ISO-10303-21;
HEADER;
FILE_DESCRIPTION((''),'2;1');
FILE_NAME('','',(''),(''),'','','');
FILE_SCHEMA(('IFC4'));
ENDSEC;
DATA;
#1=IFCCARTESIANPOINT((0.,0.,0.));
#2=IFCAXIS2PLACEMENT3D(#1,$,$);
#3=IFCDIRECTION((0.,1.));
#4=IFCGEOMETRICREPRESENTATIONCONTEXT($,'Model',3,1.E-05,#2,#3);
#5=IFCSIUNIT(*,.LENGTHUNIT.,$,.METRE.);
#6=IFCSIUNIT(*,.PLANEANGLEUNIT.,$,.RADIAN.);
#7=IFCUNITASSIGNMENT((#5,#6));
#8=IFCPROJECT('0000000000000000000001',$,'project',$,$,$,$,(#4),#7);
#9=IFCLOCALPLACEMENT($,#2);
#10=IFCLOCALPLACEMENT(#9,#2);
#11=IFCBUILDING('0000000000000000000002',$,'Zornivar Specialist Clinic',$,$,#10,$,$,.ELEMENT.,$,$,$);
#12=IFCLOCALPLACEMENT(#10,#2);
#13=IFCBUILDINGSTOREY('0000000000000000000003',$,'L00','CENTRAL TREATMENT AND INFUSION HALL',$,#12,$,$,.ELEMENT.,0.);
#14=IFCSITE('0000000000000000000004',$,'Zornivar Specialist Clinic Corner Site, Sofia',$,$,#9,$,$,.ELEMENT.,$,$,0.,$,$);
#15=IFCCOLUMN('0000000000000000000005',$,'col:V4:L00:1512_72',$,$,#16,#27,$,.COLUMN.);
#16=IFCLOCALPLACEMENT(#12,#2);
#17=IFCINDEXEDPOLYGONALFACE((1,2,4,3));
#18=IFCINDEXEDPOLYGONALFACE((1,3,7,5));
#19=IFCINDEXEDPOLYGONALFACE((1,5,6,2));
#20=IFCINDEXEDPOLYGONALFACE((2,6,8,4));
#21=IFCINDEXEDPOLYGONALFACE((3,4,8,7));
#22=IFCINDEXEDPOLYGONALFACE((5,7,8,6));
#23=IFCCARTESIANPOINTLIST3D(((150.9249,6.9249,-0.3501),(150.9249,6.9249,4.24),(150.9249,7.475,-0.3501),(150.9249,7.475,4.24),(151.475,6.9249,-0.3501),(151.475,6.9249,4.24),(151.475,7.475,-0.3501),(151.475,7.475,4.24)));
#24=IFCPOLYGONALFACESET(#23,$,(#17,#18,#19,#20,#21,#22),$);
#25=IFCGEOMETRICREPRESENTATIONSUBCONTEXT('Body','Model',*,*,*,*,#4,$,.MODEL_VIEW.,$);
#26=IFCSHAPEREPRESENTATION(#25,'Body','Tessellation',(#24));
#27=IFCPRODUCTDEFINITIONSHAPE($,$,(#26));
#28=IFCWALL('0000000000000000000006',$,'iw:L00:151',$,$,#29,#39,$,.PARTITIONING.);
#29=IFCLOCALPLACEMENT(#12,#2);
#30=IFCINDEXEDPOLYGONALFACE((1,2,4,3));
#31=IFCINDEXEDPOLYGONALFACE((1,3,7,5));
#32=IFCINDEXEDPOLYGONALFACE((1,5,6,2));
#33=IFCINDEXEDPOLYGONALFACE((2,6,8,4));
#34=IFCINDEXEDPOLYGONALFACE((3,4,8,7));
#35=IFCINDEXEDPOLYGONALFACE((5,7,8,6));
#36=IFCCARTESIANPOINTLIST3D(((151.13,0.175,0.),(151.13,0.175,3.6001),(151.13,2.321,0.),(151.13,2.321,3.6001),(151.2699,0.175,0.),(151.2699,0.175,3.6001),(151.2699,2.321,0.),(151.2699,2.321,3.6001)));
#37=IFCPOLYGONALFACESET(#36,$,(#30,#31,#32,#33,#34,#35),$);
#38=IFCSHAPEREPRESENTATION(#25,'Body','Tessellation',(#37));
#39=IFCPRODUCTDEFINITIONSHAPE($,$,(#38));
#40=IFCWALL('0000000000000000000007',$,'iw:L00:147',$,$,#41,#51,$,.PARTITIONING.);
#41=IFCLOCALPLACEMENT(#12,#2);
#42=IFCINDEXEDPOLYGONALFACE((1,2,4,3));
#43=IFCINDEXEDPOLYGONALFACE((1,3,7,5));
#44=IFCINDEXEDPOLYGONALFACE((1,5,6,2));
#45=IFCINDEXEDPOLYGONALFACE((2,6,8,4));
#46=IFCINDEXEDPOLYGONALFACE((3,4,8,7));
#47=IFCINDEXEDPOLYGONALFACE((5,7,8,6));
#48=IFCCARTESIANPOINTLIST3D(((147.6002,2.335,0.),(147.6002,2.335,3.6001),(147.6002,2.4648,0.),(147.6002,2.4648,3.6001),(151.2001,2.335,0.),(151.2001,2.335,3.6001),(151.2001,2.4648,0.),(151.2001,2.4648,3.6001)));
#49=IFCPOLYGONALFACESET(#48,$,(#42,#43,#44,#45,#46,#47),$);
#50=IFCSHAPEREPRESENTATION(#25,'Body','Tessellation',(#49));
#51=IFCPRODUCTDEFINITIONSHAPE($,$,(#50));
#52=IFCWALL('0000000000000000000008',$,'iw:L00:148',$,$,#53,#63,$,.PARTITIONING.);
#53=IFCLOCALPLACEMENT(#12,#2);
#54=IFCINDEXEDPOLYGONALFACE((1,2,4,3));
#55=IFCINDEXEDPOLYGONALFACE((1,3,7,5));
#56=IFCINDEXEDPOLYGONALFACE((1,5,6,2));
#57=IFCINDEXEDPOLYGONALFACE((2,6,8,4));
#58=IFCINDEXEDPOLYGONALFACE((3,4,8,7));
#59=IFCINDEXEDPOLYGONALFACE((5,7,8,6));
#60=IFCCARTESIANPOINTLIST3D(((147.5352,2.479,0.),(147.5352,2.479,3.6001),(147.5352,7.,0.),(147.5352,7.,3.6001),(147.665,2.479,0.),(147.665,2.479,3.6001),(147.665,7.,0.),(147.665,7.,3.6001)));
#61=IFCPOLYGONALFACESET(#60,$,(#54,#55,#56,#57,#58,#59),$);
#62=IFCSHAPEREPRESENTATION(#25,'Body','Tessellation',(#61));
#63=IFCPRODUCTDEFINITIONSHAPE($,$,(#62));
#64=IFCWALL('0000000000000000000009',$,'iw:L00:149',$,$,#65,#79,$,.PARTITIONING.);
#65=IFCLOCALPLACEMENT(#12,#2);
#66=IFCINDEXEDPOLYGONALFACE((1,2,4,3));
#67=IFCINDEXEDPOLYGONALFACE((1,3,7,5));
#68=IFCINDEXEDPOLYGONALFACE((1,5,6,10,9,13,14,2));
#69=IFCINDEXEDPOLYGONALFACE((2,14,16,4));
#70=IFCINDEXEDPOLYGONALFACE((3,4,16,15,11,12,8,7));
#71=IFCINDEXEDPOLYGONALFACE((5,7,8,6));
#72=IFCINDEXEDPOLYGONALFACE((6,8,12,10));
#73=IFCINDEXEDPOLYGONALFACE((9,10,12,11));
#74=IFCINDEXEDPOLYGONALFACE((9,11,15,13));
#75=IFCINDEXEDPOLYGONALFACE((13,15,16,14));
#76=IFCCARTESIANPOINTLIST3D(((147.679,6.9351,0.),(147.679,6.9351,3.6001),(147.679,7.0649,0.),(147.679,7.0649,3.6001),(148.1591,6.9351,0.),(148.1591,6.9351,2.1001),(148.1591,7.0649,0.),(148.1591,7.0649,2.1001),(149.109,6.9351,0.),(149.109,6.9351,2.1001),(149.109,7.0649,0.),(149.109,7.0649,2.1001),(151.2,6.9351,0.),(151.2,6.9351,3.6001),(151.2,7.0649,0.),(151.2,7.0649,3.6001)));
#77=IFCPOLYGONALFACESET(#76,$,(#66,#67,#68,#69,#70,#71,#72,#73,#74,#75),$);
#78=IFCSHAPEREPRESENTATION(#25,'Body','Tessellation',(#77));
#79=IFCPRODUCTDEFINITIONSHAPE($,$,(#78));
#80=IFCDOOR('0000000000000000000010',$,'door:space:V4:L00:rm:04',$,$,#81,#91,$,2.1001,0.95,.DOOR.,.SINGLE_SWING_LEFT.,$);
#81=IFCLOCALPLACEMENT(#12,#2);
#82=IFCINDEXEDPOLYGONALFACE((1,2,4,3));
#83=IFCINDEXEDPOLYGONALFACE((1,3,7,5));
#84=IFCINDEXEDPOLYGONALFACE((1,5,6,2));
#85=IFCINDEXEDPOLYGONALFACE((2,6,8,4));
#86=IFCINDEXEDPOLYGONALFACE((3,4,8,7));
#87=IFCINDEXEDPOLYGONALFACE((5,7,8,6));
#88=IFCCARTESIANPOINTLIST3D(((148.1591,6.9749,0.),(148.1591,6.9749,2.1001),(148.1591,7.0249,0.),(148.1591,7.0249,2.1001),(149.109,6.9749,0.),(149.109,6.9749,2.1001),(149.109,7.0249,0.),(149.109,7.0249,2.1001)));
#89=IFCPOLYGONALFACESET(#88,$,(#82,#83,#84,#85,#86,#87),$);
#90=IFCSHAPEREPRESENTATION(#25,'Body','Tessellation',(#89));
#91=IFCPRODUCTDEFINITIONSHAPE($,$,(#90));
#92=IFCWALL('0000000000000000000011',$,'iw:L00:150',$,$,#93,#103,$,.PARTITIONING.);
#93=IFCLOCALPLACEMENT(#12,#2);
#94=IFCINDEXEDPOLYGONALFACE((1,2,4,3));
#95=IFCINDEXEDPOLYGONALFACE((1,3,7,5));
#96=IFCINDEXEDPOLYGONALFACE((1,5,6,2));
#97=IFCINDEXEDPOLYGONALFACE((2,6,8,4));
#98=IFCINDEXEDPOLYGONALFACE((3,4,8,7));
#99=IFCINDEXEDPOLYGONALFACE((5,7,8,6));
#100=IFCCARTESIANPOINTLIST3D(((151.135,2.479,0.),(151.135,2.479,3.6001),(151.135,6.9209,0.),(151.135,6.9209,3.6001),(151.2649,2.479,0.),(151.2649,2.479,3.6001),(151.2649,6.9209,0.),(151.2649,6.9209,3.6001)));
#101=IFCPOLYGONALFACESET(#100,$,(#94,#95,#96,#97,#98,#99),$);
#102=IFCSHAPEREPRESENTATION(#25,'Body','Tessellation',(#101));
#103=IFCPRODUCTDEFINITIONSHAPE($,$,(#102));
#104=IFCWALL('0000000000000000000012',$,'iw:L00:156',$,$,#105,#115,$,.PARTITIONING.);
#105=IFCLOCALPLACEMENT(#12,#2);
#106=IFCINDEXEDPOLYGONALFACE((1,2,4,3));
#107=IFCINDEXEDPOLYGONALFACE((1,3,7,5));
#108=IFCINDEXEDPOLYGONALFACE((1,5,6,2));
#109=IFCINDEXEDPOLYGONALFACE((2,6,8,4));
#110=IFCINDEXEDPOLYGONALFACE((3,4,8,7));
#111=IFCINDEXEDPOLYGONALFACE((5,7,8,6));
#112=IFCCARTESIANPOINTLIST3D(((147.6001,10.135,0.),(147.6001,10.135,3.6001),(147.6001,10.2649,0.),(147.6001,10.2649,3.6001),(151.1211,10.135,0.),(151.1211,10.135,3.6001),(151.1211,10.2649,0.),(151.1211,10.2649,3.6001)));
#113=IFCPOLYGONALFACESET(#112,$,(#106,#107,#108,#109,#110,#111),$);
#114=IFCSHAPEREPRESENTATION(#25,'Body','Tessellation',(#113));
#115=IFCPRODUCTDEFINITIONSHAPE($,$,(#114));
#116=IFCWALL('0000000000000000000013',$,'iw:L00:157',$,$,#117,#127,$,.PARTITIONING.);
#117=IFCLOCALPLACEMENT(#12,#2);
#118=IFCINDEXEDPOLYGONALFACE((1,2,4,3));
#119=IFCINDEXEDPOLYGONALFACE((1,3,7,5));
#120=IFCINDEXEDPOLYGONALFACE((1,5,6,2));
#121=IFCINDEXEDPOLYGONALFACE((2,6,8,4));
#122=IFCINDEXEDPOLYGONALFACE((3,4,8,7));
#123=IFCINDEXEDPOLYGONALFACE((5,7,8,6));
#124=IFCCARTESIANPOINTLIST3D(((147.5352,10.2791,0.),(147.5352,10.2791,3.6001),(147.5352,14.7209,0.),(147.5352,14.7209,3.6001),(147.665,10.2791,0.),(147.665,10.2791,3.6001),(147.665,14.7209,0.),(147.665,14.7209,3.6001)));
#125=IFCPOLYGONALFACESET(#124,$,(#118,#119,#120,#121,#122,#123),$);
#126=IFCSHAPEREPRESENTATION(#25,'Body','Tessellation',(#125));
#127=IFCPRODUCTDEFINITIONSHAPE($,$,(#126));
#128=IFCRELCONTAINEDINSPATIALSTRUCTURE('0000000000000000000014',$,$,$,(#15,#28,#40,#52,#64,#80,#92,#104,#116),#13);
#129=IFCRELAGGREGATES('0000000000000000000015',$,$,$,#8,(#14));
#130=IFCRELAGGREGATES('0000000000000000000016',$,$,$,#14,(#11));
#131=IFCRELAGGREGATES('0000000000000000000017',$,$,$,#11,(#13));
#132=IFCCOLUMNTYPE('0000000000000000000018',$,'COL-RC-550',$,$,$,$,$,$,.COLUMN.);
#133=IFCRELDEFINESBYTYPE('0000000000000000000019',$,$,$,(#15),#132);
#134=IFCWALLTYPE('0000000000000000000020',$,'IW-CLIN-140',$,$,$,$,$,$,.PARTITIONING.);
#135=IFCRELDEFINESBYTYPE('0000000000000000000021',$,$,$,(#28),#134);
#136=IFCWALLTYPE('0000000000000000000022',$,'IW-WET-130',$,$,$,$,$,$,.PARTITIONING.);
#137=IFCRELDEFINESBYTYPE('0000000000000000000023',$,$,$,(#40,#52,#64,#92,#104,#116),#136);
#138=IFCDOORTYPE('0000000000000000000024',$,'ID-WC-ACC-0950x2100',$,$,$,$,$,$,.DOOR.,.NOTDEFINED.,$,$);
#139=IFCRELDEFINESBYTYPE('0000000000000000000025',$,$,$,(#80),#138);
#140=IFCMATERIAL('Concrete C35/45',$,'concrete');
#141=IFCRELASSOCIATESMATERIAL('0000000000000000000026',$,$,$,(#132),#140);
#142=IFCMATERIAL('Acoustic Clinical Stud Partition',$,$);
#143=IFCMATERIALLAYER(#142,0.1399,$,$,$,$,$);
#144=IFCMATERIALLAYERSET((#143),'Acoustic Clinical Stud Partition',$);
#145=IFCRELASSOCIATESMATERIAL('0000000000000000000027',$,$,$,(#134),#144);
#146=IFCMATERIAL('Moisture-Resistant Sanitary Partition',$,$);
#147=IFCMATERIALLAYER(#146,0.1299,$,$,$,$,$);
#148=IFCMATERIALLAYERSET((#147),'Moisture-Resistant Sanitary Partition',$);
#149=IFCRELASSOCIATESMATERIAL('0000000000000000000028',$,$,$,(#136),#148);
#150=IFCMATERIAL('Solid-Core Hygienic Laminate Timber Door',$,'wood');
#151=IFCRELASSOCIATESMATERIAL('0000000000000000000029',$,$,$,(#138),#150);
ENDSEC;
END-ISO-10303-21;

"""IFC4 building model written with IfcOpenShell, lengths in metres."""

from ifc_helpers import new_model, si_unit, direction, frame, frame_2d, origin, origin_2d, place, context, subcontext, project, spatial, rectangle, extrude, material, layer, layer_set, material_profile, profile_set, type_object, element, fill, save


model = new_model("IFC4")

# Units and contexts
model_context = context("Model", 3, precision=1e-05, world=origin(), true_north=direction((0.0, 1.0)))
body_context = subcontext(model_context, "Body", "Model", "MODEL_VIEW")
ifc_project = project(units=[si_unit("LENGTHUNIT", "METRE"), si_unit("PLANEANGLEUNIT", "RADIAN")], contexts=[model_context])

# Site, building, storey
site_placement = place(None, origin())
site = spatial("IfcSite", under=ifc_project, at=site_placement, Name="Zornivar Specialist Clinic Corner Site, Sofia", CompositionType="ELEMENT", RefElevation=0.0)
building_placement = place(site_placement, origin())
building = spatial("IfcBuilding", under=site, at=building_placement, Name="Zornivar Specialist Clinic", CompositionType="ELEMENT")
storey_placement = place(building_placement, origin())
storey = spatial("IfcBuildingStorey", under=building, at=storey_placement, Name="L00", Description="CENTRAL TREATMENT AND INFUSION HALL", CompositionType="ELEMENT", Elevation=0.0)

# Column
ifc_material_1 = material(Name="Concrete C35/45", Category="concrete")
ifc_material_profile_1 = material_profile(ifc_material_1, rectangle(XDim=0.55, YDim=0.55, at=origin_2d()), Name="RC 550x550")
ifc_profile_set_1 = profile_set([ifc_material_profile_1], Name="Concrete C35/45")
column_type = type_object("IfcColumnType", Name="COL-RC-550", PredefinedType="COLUMN", material=ifc_profile_set_1)
column_placement = place(storey_placement, frame((151.2, 7.2, -0.3501), z_axis=(0.0, 0.0, 1.0), x_axis=(1.0, 0.0, 0.0)))
element("IfcColumn", 1, at=column_placement, inside=storey, type_object=column_type, Name="col:V4:L00:1512_72", PredefinedType="COLUMN", context=body_context, shape_type="SweptSolid", body=[
    extrude(rectangle(XDim=0.55, YDim=0.55, at=origin_2d()), origin(), (0.0, 0.0, 1.0), 4.5901),
])

# Wall
ifc_material_2 = material(Name="Acoustic Clinical Stud Partition")
ifc_layer_1 = layer(ifc_material_2, 0.1399)
ifc_layer_set_1 = layer_set([ifc_layer_1], Name="Acoustic Clinical Stud Partition")
wall_type_1 = type_object("IfcWallType", Name="IW-CLIN-140", PredefinedType="PARTITIONING", material=ifc_layer_set_1)
wall_1_placement = place(storey_placement, frame((151.2, 2.321, 0.0), z_axis=(0.0, 0.0, 1.0), x_axis=(0.0, -1.0, 0.0)))
element("IfcWall", 2, at=wall_1_placement, inside=storey, type_object=wall_type_1, Name="iw:L00:151", PredefinedType="PARTITIONING", context=body_context, shape_type="SweptSolid", body=[
    extrude(rectangle(XDim=2.146, YDim=0.1399, at=frame_2d((1.073, 0.0))), origin(), (0.0, 0.0, 1.0), 3.6001),
])

# Walls
ifc_material_3 = material(Name="Moisture-Resistant Sanitary Partition")
ifc_layer_2 = layer(ifc_material_3, 0.1299)
ifc_layer_set_2 = layer_set([ifc_layer_2], Name="Moisture-Resistant Sanitary Partition")
wall_type_2 = type_object("IfcWallType", Name="IW-WET-130", PredefinedType="PARTITIONING", material=ifc_layer_set_2)
wall_2_placement = place(storey_placement, frame((151.2, 2.3999, 0.0), z_axis=(0.0, 0.0, 1.0), x_axis=(-1.0, 0.0, 0.0)))
element("IfcWall", 3, at=wall_2_placement, inside=storey, type_object=wall_type_2, Name="iw:L00:147", PredefinedType="PARTITIONING", context=body_context, shape_type="SweptSolid", body=[
    extrude(rectangle(XDim=3.5999, YDim=0.1299, at=frame_2d((1.7998, 0.0))), origin(), (0.0, 0.0, 1.0), 3.6001),
])
wall_3_placement = place(storey_placement, frame((147.6001, 2.479, 0.0), z_axis=(0.0, 0.0, 1.0), x_axis=(0.0, 1.0, 0.0)))
element("IfcWall", 4, at=wall_3_placement, inside=storey, type_object=wall_type_2, Name="iw:L00:148", PredefinedType="PARTITIONING", context=body_context, shape_type="SweptSolid", body=[
    extrude(rectangle(XDim=4.521, YDim=0.1299, at=frame_2d((2.2605, 0.0))), origin(), (0.0, 0.0, 1.0), 3.6001),
])

# Wall, opening, door
wall_4_placement = place(storey_placement, frame((147.679, 7.0, 0.0), z_axis=(0.0, 0.0, 1.0), x_axis=(1.0, 0.0, 0.0)))
wall_4 = element("IfcWall", 5, at=wall_4_placement, inside=storey, type_object=wall_type_2, Name="iw:L00:149", PredefinedType="PARTITIONING", context=body_context, shape_type="SweptSolid", body=[
    extrude(rectangle(XDim=3.521, YDim=0.1299, at=frame_2d((1.7605, 0.0))), origin(), (0.0, 0.0, 1.0), 3.6001),
])
opening_1_placement = place(wall_4_placement, frame((0.48, 0.0, 0.0)))
opening_1 = element("IfcOpeningElement", 6, at=opening_1_placement, cuts=wall_4, PredefinedType="OPENING", context=body_context, shape_type="SweptSolid", body=[
    extrude(rectangle(XDim=0.95, YDim=2.1001, at=frame_2d((0.4751, 1.05))), frame((0.0, 0.075, 0.0), z_axis=(0.0, -1.0, 0.0), x_axis=(1.0, 0.0, 0.0)), (0.0, 0.0, 1.0), 0.1499),
])
ifc_material_4 = material(Name="Solid-Core Hygienic Laminate Timber Door", Category="wood")
door_type_1 = type_object("IfcDoorType", Name="ID-WC-ACC-0950x2100", OperationType="NOTDEFINED", PredefinedType="DOOR", material=ifc_material_4)
door_1_placement = place(opening_1_placement, origin())
door_1 = element("IfcDoor", 7, at=door_1_placement, inside=storey, type_object=door_type_1, Name="door:space:V4:L00:rm:04", OperationType="SINGLE_SWING_LEFT", OverallHeight=2.1001, OverallWidth=0.95, PredefinedType="DOOR", context=body_context, shape_type="SweptSolid", body=[
    extrude(rectangle(XDim=0.95, YDim=2.1001, at=frame_2d((0.4751, 1.05))), frame((0.0, 0.0249, 0.0), z_axis=(0.0, -1.0, 0.0), x_axis=(1.0, 0.0, 0.0)), (0.0, 0.0, 1.0), 0.05),
])
fill(opening_1, door_1)

# Walls
wall_5_placement = place(storey_placement, frame((151.2, 6.9209, 0.0), z_axis=(0.0, 0.0, 1.0), x_axis=(0.0, -1.0, 0.0)))
element("IfcWall", 8, at=wall_5_placement, inside=storey, type_object=wall_type_2, Name="iw:L00:150", PredefinedType="PARTITIONING", context=body_context, shape_type="SweptSolid", body=[
    extrude(rectangle(XDim=4.4419, YDim=0.1299, at=frame_2d((2.2209, 0.0))), origin(), (0.0, 0.0, 1.0), 3.6001),
])
wall_6_placement = place(storey_placement, frame((151.1211, 10.2, 0.0), z_axis=(0.0, 0.0, 1.0), x_axis=(-1.0, 0.0, 0.0)))
element("IfcWall", 9, at=wall_6_placement, inside=storey, type_object=wall_type_2, Name="iw:L00:156", PredefinedType="PARTITIONING", context=body_context, shape_type="SweptSolid", body=[
    extrude(rectangle(XDim=3.521, YDim=0.1299, at=frame_2d((1.7605, 0.0))), origin(), (0.0, 0.0, 1.0), 3.6001),
])
wall_7_placement = place(storey_placement, frame((147.6001, 10.2791, 0.0), z_axis=(0.0, 0.0, 1.0), x_axis=(0.0, 1.0, 0.0)))
element("IfcWall", 10, at=wall_7_placement, inside=storey, type_object=wall_type_2, Name="iw:L00:157", PredefinedType="PARTITIONING", context=body_context, shape_type="SweptSolid", body=[
    extrude(rectangle(XDim=4.4419, YDim=0.1299, at=frame_2d((2.2209, 0.0))), origin(), (0.0, 0.0, 1.0), 3.6001),
])

save(model, "model.ifc")
